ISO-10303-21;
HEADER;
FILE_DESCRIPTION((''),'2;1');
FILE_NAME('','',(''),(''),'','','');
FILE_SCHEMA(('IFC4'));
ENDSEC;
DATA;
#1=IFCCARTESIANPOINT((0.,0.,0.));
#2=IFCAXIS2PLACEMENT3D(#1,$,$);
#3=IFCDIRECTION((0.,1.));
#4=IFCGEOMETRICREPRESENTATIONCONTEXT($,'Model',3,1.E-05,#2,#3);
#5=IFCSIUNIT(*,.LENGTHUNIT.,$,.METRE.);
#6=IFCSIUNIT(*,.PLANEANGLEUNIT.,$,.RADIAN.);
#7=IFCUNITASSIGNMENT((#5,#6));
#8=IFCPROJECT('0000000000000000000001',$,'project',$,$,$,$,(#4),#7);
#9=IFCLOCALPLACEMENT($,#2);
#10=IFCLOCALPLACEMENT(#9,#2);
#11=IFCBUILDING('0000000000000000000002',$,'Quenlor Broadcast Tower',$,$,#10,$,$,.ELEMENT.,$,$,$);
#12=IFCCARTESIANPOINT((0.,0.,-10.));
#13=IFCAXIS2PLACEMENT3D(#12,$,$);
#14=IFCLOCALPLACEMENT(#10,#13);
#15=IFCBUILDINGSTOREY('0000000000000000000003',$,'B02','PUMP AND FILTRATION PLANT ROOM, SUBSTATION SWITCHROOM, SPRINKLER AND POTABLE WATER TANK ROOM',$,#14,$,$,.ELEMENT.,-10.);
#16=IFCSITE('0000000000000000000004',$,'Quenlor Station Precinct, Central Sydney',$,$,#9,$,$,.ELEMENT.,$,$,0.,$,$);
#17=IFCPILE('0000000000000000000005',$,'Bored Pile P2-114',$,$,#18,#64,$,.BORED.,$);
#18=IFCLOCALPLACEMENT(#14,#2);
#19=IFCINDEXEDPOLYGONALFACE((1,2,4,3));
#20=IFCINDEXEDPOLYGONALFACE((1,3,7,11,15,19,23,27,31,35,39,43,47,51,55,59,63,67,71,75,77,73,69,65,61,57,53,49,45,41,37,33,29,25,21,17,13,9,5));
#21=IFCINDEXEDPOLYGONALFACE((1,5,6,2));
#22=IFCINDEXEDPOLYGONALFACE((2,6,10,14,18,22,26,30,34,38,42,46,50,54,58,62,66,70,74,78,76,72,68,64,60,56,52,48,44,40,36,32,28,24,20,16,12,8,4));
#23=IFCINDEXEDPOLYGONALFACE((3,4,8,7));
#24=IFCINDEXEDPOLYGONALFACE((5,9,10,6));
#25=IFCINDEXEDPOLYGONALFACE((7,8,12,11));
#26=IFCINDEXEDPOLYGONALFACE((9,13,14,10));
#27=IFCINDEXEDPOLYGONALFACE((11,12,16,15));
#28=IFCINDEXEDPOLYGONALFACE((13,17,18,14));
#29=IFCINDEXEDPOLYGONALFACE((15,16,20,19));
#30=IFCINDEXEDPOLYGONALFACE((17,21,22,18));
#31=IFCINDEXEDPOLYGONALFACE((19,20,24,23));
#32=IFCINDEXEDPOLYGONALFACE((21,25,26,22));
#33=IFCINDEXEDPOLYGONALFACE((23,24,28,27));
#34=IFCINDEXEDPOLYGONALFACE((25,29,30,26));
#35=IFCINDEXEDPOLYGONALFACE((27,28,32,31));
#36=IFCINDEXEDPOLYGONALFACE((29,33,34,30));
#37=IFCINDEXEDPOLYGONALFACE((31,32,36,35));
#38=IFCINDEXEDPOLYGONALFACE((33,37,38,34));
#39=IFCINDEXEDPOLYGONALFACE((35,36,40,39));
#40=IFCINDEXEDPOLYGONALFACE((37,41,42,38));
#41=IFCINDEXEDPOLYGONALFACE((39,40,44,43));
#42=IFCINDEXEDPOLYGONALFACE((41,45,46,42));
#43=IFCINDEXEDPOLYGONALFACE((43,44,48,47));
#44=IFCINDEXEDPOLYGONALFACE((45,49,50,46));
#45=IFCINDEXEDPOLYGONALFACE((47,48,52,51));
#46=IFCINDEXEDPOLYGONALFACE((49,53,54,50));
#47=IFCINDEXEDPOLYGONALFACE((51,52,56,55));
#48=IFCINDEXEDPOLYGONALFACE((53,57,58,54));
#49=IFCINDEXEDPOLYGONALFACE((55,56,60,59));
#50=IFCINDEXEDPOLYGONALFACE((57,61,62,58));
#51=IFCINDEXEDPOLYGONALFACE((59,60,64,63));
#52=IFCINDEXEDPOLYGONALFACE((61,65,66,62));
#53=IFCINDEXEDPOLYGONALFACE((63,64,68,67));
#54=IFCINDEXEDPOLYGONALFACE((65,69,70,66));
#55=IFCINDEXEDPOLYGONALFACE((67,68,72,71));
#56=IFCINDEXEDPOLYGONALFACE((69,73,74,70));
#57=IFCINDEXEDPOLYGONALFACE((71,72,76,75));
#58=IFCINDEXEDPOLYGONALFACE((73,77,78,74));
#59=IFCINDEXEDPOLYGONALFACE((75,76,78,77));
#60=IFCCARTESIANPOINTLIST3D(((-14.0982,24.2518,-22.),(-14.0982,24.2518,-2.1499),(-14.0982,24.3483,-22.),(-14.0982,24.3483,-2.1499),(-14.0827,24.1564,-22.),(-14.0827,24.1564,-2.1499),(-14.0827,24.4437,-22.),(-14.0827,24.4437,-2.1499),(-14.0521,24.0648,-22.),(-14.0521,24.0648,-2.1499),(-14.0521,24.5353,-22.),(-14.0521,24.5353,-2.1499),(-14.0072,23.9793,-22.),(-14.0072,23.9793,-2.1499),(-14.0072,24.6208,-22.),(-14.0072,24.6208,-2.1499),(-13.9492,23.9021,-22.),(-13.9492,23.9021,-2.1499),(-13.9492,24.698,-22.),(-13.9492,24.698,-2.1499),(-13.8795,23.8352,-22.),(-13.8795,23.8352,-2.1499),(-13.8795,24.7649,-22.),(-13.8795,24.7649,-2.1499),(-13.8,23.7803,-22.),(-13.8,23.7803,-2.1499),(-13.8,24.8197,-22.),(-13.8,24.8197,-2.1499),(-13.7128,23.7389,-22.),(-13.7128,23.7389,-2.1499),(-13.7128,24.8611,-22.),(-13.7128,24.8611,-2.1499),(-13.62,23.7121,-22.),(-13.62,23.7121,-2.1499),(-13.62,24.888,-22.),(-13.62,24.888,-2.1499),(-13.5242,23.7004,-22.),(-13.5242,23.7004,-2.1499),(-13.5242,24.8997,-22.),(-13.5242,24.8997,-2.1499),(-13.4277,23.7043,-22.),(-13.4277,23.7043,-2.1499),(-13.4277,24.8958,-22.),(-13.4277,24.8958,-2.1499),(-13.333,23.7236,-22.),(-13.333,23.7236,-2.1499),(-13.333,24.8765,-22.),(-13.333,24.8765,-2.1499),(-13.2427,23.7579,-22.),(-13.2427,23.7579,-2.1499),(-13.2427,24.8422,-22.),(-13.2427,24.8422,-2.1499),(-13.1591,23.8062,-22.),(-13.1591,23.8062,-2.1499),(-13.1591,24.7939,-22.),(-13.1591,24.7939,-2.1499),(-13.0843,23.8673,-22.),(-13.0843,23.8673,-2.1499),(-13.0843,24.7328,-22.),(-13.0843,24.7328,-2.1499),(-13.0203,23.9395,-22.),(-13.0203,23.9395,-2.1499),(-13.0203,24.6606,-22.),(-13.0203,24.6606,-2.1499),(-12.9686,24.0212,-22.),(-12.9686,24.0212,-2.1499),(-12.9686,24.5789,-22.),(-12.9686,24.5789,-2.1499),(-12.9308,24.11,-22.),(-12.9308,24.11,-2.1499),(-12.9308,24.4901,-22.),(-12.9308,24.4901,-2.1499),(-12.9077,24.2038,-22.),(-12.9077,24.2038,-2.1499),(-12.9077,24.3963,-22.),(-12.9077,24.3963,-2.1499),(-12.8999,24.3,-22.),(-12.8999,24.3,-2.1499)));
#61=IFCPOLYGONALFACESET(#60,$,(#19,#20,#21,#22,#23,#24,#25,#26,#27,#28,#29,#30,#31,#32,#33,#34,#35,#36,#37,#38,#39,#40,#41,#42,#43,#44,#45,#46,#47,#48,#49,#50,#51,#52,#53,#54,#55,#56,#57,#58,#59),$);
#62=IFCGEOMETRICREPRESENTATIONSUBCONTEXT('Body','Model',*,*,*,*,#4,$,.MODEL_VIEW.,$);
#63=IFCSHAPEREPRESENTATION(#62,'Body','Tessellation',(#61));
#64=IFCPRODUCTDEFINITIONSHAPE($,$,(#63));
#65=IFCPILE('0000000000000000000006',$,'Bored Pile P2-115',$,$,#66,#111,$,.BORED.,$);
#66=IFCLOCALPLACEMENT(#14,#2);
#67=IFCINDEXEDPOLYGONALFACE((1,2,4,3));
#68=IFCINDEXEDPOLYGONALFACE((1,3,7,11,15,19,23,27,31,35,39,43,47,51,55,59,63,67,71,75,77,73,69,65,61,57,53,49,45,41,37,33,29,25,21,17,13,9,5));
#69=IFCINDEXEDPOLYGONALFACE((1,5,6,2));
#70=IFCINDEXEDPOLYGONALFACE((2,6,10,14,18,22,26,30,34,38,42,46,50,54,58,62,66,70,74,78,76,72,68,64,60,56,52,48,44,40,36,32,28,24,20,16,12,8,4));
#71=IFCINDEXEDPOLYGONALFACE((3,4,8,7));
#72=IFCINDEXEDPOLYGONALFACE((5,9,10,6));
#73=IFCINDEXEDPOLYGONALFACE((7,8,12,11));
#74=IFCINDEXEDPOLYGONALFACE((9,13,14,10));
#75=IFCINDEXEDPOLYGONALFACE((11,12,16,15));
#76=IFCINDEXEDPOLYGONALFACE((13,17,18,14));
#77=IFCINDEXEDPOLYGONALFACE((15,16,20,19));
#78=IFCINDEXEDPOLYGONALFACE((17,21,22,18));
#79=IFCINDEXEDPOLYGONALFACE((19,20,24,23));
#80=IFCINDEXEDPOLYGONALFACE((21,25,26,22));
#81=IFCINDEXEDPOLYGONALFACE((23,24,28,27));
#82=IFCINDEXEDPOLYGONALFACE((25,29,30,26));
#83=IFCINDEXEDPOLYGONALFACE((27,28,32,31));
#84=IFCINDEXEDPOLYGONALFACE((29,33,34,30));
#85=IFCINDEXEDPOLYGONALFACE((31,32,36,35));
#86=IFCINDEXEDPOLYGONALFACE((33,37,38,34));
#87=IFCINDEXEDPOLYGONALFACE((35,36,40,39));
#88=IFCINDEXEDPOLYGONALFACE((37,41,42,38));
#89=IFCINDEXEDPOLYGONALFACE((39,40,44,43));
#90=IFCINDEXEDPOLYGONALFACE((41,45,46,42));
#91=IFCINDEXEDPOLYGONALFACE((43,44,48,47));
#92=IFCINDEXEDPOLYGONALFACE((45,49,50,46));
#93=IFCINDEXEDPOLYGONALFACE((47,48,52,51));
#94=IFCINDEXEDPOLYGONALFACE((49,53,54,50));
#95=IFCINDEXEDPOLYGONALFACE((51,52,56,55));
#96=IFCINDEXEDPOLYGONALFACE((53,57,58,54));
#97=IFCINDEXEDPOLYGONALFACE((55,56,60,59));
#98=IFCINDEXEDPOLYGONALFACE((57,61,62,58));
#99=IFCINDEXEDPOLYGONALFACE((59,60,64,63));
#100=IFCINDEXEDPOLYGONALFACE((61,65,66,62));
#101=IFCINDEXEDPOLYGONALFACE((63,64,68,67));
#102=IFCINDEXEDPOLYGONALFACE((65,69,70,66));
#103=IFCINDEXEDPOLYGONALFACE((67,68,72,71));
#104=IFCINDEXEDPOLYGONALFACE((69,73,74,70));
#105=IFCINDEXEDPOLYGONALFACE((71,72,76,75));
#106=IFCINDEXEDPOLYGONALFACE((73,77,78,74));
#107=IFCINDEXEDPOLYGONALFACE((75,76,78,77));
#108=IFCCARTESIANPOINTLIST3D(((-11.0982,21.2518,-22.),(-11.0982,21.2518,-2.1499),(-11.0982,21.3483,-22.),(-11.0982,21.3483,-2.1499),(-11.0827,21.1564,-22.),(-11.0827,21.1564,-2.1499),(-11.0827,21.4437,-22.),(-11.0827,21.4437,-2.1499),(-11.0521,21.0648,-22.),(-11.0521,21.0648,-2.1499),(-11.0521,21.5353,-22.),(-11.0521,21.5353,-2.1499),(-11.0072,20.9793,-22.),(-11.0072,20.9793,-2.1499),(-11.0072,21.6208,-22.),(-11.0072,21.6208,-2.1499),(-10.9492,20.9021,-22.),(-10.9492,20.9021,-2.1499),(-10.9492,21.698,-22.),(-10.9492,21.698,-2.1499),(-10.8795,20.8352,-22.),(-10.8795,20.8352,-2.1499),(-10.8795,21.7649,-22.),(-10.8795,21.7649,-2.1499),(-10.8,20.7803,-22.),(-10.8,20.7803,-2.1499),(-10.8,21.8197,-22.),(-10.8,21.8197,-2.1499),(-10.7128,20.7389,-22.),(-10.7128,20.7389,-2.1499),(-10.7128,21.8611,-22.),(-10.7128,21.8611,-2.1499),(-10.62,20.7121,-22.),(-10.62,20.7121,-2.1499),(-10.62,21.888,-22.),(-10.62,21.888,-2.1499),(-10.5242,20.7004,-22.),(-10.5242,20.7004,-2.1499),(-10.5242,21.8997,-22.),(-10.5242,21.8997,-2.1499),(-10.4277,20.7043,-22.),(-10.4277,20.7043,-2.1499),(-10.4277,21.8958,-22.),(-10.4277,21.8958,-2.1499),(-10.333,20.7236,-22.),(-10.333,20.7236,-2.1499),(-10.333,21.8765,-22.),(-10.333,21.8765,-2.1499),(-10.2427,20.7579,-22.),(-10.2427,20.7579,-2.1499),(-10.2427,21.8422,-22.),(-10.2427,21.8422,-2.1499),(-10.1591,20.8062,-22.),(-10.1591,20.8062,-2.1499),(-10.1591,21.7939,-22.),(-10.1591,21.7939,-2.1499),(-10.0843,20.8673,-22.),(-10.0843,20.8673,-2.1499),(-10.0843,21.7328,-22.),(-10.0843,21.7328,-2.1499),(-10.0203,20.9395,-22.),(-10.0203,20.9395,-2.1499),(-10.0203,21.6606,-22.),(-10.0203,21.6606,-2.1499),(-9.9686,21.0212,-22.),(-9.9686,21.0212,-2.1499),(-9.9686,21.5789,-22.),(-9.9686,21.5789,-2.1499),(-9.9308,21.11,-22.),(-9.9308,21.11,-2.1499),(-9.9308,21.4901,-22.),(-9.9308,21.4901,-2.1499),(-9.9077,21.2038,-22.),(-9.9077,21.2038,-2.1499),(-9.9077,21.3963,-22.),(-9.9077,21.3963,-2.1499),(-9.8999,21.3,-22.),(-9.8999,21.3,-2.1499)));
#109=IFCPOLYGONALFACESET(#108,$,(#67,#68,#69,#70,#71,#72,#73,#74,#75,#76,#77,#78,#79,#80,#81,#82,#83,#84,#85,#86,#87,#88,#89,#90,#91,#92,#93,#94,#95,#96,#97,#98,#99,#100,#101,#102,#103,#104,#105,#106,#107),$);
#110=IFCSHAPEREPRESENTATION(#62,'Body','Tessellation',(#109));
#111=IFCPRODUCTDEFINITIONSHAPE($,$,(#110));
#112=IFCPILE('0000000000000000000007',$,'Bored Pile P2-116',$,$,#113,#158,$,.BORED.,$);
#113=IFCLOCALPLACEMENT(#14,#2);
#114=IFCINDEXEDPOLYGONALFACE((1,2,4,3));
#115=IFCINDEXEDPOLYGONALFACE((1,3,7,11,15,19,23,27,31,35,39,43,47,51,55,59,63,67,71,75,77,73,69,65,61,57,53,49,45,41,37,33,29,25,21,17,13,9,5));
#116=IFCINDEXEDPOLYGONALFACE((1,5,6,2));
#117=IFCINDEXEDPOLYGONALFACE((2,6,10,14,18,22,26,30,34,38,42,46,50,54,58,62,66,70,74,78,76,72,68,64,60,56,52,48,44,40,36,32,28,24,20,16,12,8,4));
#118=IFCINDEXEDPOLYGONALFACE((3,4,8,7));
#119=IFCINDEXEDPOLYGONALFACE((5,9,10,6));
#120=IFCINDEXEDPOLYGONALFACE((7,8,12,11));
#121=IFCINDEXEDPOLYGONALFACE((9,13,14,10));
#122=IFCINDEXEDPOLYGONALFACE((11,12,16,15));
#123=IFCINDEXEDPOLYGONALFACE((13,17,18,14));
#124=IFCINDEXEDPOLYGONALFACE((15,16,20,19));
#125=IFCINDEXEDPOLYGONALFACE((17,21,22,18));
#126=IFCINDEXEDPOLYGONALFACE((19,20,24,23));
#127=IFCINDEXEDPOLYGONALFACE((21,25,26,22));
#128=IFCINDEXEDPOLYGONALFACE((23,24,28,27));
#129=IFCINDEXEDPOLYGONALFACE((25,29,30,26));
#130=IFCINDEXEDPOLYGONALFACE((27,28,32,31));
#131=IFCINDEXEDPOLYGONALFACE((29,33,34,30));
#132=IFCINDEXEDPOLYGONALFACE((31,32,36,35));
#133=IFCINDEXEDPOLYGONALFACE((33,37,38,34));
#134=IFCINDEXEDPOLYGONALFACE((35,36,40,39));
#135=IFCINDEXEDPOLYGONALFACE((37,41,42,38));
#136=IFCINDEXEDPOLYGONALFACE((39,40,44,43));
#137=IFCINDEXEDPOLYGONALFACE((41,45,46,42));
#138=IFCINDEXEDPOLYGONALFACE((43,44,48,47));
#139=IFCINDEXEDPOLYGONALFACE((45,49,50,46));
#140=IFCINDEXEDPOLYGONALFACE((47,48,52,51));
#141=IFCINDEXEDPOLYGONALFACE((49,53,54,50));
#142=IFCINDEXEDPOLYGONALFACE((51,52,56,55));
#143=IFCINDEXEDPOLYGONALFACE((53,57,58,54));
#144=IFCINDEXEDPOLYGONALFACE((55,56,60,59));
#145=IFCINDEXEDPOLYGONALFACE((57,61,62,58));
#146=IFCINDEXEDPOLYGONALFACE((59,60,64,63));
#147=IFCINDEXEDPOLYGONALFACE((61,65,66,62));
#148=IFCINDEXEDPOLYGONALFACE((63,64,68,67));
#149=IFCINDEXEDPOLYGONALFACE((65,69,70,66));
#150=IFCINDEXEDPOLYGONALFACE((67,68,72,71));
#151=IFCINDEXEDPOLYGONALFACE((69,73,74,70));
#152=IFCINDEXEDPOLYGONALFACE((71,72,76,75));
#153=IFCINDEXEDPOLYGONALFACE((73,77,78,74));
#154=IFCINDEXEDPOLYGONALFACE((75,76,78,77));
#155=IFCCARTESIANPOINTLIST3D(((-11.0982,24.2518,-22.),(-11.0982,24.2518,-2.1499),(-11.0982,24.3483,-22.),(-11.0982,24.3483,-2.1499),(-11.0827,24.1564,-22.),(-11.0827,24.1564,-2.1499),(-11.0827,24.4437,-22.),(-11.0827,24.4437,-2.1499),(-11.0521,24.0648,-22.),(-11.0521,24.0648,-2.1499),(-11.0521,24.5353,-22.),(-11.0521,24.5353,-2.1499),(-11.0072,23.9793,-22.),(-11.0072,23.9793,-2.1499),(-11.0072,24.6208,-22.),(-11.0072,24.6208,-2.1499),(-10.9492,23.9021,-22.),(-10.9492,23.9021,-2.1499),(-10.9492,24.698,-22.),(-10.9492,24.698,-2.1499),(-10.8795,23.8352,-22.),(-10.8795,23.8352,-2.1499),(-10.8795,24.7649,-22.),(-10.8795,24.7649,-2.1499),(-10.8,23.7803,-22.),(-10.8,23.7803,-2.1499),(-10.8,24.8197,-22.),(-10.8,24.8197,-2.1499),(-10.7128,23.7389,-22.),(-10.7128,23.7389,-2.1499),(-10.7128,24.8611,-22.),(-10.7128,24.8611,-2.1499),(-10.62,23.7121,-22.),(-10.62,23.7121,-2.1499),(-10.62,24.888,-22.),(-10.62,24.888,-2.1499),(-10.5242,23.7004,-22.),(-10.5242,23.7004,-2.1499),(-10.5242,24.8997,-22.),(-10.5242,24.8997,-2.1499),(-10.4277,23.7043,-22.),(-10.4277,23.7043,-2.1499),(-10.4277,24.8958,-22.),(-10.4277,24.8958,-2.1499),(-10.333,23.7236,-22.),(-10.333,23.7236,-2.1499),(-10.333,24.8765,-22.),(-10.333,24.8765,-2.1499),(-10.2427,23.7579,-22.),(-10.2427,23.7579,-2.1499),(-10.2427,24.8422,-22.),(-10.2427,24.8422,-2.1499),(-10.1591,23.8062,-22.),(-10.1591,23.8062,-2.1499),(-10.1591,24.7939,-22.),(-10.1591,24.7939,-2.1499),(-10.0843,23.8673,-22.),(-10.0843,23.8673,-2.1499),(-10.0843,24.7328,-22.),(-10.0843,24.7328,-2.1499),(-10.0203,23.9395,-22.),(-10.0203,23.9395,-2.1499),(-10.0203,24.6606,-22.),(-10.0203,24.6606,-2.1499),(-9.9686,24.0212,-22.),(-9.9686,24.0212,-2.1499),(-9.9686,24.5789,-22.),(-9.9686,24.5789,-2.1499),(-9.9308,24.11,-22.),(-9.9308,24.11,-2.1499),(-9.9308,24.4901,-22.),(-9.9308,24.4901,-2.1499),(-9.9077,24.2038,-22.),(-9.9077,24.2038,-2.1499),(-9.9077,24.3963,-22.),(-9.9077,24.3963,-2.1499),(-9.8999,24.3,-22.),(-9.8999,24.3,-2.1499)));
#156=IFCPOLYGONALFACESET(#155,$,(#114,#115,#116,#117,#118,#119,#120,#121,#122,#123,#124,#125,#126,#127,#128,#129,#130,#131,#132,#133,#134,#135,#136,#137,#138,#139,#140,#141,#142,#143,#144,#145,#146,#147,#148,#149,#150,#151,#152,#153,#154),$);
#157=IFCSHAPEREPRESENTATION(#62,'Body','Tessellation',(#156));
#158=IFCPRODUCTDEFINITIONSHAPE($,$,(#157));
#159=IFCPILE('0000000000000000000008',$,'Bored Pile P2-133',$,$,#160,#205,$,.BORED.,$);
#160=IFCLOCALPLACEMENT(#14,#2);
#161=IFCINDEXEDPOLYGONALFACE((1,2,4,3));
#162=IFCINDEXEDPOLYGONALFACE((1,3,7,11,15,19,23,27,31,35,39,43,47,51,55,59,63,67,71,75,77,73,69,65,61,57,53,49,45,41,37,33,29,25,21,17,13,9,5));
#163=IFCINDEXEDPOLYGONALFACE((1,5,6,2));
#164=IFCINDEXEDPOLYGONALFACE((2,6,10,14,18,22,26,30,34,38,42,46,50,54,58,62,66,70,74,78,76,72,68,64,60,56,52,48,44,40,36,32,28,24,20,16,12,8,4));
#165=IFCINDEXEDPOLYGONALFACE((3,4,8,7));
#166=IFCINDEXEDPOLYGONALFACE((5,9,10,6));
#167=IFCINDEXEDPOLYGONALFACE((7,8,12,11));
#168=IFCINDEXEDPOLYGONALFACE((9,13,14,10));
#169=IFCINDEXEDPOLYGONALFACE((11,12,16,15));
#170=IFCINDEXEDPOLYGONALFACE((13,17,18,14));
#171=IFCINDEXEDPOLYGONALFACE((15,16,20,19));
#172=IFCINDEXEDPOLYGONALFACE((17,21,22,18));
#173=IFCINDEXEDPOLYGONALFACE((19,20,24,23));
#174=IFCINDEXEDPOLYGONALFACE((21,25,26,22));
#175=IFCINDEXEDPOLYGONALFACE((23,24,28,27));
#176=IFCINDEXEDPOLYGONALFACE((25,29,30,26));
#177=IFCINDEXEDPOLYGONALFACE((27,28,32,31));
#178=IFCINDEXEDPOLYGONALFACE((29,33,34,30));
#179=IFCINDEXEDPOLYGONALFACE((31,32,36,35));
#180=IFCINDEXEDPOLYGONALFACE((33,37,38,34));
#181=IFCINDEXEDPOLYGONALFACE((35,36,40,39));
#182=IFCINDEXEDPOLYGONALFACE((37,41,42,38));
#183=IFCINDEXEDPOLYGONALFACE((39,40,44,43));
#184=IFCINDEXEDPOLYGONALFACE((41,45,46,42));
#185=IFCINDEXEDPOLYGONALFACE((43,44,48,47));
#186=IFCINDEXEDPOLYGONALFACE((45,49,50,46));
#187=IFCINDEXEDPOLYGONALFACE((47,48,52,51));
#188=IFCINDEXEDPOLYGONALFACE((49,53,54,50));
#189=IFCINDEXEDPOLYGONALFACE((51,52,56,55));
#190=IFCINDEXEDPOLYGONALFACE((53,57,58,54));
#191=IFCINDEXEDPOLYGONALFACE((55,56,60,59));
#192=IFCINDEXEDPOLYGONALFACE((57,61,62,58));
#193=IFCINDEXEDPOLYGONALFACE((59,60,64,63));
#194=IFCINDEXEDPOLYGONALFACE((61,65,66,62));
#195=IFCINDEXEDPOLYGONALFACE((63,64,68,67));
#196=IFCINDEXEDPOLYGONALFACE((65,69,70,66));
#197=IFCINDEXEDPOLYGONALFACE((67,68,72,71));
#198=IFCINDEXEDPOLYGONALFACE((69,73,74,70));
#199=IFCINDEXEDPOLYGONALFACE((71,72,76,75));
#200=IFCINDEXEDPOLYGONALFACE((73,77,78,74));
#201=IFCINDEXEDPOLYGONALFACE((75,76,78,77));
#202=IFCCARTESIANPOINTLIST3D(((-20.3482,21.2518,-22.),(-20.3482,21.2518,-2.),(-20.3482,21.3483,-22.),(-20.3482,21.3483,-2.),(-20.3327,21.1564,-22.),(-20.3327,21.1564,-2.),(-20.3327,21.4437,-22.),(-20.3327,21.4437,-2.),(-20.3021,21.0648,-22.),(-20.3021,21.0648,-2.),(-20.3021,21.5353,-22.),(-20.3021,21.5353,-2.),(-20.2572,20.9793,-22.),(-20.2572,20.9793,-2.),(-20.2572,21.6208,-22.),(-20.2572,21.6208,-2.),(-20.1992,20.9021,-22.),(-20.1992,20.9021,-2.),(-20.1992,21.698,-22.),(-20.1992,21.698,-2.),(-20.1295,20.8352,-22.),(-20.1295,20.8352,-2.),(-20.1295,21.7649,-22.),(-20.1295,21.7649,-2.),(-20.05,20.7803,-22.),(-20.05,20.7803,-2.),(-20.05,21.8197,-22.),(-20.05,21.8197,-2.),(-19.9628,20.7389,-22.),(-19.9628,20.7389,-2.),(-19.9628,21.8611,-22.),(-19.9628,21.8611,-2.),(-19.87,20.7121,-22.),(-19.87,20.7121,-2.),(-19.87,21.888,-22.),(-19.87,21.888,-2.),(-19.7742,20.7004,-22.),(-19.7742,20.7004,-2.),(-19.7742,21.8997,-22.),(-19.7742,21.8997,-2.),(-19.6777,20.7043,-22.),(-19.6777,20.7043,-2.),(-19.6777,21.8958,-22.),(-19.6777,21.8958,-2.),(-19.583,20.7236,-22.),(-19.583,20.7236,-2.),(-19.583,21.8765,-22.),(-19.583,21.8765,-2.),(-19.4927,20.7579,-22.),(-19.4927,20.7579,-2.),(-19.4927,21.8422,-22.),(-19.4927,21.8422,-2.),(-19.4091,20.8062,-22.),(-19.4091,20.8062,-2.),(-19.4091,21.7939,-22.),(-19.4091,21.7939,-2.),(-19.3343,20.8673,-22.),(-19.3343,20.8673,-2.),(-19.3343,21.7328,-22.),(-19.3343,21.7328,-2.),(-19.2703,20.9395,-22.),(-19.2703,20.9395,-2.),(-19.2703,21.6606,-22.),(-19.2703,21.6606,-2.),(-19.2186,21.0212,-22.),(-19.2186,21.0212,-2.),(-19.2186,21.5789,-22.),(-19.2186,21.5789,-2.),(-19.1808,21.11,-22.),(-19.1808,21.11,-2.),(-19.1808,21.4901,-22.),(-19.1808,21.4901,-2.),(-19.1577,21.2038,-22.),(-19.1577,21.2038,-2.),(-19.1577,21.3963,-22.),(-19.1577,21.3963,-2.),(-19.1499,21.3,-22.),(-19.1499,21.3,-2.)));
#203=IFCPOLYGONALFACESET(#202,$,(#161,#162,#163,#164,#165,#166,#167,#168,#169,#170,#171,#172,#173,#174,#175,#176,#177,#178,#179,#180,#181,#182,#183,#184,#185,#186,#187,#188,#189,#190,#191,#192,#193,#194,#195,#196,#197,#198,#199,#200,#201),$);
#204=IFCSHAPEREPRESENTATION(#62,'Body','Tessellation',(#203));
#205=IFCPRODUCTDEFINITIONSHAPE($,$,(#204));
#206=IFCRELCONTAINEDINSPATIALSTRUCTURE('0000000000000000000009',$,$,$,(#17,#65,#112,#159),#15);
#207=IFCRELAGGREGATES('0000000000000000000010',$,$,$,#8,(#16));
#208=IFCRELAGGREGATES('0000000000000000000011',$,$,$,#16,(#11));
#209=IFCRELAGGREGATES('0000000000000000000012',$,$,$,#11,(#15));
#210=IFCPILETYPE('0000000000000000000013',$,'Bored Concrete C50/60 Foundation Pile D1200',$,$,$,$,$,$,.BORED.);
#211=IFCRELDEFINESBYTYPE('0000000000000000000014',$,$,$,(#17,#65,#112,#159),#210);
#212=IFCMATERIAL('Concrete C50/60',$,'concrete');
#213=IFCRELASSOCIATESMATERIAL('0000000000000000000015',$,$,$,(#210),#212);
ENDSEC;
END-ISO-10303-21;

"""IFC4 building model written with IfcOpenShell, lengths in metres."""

from ifc_helpers import new_model, si_unit, direction, frame, origin, origin_2d, place, context, subcontext, project, spatial, circle, extrude, material, material_profile, profile_set, type_object, element, save


model = new_model("IFC4")

# Units and contexts
model_context = context("Model", 3, precision=1e-05, world=origin(), true_north=direction((0.0, 1.0)))
body_context = subcontext(model_context, "Body", "Model", "MODEL_VIEW")
ifc_project = project(units=[si_unit("LENGTHUNIT", "METRE"), si_unit("PLANEANGLEUNIT", "RADIAN")], contexts=[model_context])

# Site, building, storey
site_placement = place(None, origin())
site = spatial("IfcSite", under=ifc_project, at=site_placement, Name="Quenlor Station Precinct, Central Sydney", CompositionType="ELEMENT", RefElevation=0.0)
building_placement = place(site_placement, origin())
building = spatial("IfcBuilding", under=site, at=building_placement, Name="Quenlor Broadcast Tower", CompositionType="ELEMENT")
storey_placement = place(building_placement, frame((0.0, 0.0, -10.0)))
storey = spatial("IfcBuildingStorey", under=building, at=storey_placement, Name="B02", Description="PUMP AND FILTRATION PLANT ROOM, SUBSTATION SWITCHROOM, SPRINKLER AND POTABLE WATER TANK ROOM", CompositionType="ELEMENT", Elevation=-10.0)

# Piles
ifc_material_1 = material(Name="Concrete C50/60", Category="concrete")
ifc_material_profile_1 = material_profile(ifc_material_1, circle(Radius=0.6001, at=origin_2d()))
ifc_profile_set_1 = profile_set([ifc_material_profile_1], Name="Concrete C50/60 PILE1200")
pile_type = type_object("IfcPileType", Name="Bored Concrete C50/60 Foundation Pile D1200", PredefinedType="BORED", material=ifc_profile_set_1)
for number, where, z_axis, x_axis, name in (
    (1, (-13.5, 24.3, -2.1499), (0.0, 0.0, -1.0), (1.0, 0.0, 0.0), "Bored Pile P2-114"),
    (2, (-10.5, 21.3, -2.1499), (0.0, 0.0, -1.0), (1.0, 0.0, 0.0), "Bored Pile P2-115"),
    (3, (-10.5, 24.3, -2.1499), (0.0, 0.0, -1.0), (1.0, 0.0, 0.0), "Bored Pile P2-116"),
):
    element("IfcPile", number, at=place(storey_placement, frame(where, z_axis=z_axis, x_axis=x_axis)), inside=storey, type_object=pile_type, Name=name, PredefinedType="BORED", context=body_context, shape_type="SweptSolid", body=[
        extrude(circle(Radius=0.6001, at=origin_2d()), origin(), (0.0, 0.0, 1.0), 19.8501),
    ])
for number, where, z_axis, x_axis, name in (
    (4, (-19.75, 21.3, -2.0), (0.0, 0.0, -1.0), (1.0, 0.0, 0.0), "Bored Pile P2-133"),
):
    element("IfcPile", number, at=place(storey_placement, frame(where, z_axis=z_axis, x_axis=x_axis)), inside=storey, type_object=pile_type, Name=name, PredefinedType="BORED", context=body_context, shape_type="SweptSolid", body=[
        extrude(circle(Radius=0.6001, at=origin_2d()), origin(), (0.0, 0.0, 1.0), 20.0),
    ])

save(model, "model.ifc")
